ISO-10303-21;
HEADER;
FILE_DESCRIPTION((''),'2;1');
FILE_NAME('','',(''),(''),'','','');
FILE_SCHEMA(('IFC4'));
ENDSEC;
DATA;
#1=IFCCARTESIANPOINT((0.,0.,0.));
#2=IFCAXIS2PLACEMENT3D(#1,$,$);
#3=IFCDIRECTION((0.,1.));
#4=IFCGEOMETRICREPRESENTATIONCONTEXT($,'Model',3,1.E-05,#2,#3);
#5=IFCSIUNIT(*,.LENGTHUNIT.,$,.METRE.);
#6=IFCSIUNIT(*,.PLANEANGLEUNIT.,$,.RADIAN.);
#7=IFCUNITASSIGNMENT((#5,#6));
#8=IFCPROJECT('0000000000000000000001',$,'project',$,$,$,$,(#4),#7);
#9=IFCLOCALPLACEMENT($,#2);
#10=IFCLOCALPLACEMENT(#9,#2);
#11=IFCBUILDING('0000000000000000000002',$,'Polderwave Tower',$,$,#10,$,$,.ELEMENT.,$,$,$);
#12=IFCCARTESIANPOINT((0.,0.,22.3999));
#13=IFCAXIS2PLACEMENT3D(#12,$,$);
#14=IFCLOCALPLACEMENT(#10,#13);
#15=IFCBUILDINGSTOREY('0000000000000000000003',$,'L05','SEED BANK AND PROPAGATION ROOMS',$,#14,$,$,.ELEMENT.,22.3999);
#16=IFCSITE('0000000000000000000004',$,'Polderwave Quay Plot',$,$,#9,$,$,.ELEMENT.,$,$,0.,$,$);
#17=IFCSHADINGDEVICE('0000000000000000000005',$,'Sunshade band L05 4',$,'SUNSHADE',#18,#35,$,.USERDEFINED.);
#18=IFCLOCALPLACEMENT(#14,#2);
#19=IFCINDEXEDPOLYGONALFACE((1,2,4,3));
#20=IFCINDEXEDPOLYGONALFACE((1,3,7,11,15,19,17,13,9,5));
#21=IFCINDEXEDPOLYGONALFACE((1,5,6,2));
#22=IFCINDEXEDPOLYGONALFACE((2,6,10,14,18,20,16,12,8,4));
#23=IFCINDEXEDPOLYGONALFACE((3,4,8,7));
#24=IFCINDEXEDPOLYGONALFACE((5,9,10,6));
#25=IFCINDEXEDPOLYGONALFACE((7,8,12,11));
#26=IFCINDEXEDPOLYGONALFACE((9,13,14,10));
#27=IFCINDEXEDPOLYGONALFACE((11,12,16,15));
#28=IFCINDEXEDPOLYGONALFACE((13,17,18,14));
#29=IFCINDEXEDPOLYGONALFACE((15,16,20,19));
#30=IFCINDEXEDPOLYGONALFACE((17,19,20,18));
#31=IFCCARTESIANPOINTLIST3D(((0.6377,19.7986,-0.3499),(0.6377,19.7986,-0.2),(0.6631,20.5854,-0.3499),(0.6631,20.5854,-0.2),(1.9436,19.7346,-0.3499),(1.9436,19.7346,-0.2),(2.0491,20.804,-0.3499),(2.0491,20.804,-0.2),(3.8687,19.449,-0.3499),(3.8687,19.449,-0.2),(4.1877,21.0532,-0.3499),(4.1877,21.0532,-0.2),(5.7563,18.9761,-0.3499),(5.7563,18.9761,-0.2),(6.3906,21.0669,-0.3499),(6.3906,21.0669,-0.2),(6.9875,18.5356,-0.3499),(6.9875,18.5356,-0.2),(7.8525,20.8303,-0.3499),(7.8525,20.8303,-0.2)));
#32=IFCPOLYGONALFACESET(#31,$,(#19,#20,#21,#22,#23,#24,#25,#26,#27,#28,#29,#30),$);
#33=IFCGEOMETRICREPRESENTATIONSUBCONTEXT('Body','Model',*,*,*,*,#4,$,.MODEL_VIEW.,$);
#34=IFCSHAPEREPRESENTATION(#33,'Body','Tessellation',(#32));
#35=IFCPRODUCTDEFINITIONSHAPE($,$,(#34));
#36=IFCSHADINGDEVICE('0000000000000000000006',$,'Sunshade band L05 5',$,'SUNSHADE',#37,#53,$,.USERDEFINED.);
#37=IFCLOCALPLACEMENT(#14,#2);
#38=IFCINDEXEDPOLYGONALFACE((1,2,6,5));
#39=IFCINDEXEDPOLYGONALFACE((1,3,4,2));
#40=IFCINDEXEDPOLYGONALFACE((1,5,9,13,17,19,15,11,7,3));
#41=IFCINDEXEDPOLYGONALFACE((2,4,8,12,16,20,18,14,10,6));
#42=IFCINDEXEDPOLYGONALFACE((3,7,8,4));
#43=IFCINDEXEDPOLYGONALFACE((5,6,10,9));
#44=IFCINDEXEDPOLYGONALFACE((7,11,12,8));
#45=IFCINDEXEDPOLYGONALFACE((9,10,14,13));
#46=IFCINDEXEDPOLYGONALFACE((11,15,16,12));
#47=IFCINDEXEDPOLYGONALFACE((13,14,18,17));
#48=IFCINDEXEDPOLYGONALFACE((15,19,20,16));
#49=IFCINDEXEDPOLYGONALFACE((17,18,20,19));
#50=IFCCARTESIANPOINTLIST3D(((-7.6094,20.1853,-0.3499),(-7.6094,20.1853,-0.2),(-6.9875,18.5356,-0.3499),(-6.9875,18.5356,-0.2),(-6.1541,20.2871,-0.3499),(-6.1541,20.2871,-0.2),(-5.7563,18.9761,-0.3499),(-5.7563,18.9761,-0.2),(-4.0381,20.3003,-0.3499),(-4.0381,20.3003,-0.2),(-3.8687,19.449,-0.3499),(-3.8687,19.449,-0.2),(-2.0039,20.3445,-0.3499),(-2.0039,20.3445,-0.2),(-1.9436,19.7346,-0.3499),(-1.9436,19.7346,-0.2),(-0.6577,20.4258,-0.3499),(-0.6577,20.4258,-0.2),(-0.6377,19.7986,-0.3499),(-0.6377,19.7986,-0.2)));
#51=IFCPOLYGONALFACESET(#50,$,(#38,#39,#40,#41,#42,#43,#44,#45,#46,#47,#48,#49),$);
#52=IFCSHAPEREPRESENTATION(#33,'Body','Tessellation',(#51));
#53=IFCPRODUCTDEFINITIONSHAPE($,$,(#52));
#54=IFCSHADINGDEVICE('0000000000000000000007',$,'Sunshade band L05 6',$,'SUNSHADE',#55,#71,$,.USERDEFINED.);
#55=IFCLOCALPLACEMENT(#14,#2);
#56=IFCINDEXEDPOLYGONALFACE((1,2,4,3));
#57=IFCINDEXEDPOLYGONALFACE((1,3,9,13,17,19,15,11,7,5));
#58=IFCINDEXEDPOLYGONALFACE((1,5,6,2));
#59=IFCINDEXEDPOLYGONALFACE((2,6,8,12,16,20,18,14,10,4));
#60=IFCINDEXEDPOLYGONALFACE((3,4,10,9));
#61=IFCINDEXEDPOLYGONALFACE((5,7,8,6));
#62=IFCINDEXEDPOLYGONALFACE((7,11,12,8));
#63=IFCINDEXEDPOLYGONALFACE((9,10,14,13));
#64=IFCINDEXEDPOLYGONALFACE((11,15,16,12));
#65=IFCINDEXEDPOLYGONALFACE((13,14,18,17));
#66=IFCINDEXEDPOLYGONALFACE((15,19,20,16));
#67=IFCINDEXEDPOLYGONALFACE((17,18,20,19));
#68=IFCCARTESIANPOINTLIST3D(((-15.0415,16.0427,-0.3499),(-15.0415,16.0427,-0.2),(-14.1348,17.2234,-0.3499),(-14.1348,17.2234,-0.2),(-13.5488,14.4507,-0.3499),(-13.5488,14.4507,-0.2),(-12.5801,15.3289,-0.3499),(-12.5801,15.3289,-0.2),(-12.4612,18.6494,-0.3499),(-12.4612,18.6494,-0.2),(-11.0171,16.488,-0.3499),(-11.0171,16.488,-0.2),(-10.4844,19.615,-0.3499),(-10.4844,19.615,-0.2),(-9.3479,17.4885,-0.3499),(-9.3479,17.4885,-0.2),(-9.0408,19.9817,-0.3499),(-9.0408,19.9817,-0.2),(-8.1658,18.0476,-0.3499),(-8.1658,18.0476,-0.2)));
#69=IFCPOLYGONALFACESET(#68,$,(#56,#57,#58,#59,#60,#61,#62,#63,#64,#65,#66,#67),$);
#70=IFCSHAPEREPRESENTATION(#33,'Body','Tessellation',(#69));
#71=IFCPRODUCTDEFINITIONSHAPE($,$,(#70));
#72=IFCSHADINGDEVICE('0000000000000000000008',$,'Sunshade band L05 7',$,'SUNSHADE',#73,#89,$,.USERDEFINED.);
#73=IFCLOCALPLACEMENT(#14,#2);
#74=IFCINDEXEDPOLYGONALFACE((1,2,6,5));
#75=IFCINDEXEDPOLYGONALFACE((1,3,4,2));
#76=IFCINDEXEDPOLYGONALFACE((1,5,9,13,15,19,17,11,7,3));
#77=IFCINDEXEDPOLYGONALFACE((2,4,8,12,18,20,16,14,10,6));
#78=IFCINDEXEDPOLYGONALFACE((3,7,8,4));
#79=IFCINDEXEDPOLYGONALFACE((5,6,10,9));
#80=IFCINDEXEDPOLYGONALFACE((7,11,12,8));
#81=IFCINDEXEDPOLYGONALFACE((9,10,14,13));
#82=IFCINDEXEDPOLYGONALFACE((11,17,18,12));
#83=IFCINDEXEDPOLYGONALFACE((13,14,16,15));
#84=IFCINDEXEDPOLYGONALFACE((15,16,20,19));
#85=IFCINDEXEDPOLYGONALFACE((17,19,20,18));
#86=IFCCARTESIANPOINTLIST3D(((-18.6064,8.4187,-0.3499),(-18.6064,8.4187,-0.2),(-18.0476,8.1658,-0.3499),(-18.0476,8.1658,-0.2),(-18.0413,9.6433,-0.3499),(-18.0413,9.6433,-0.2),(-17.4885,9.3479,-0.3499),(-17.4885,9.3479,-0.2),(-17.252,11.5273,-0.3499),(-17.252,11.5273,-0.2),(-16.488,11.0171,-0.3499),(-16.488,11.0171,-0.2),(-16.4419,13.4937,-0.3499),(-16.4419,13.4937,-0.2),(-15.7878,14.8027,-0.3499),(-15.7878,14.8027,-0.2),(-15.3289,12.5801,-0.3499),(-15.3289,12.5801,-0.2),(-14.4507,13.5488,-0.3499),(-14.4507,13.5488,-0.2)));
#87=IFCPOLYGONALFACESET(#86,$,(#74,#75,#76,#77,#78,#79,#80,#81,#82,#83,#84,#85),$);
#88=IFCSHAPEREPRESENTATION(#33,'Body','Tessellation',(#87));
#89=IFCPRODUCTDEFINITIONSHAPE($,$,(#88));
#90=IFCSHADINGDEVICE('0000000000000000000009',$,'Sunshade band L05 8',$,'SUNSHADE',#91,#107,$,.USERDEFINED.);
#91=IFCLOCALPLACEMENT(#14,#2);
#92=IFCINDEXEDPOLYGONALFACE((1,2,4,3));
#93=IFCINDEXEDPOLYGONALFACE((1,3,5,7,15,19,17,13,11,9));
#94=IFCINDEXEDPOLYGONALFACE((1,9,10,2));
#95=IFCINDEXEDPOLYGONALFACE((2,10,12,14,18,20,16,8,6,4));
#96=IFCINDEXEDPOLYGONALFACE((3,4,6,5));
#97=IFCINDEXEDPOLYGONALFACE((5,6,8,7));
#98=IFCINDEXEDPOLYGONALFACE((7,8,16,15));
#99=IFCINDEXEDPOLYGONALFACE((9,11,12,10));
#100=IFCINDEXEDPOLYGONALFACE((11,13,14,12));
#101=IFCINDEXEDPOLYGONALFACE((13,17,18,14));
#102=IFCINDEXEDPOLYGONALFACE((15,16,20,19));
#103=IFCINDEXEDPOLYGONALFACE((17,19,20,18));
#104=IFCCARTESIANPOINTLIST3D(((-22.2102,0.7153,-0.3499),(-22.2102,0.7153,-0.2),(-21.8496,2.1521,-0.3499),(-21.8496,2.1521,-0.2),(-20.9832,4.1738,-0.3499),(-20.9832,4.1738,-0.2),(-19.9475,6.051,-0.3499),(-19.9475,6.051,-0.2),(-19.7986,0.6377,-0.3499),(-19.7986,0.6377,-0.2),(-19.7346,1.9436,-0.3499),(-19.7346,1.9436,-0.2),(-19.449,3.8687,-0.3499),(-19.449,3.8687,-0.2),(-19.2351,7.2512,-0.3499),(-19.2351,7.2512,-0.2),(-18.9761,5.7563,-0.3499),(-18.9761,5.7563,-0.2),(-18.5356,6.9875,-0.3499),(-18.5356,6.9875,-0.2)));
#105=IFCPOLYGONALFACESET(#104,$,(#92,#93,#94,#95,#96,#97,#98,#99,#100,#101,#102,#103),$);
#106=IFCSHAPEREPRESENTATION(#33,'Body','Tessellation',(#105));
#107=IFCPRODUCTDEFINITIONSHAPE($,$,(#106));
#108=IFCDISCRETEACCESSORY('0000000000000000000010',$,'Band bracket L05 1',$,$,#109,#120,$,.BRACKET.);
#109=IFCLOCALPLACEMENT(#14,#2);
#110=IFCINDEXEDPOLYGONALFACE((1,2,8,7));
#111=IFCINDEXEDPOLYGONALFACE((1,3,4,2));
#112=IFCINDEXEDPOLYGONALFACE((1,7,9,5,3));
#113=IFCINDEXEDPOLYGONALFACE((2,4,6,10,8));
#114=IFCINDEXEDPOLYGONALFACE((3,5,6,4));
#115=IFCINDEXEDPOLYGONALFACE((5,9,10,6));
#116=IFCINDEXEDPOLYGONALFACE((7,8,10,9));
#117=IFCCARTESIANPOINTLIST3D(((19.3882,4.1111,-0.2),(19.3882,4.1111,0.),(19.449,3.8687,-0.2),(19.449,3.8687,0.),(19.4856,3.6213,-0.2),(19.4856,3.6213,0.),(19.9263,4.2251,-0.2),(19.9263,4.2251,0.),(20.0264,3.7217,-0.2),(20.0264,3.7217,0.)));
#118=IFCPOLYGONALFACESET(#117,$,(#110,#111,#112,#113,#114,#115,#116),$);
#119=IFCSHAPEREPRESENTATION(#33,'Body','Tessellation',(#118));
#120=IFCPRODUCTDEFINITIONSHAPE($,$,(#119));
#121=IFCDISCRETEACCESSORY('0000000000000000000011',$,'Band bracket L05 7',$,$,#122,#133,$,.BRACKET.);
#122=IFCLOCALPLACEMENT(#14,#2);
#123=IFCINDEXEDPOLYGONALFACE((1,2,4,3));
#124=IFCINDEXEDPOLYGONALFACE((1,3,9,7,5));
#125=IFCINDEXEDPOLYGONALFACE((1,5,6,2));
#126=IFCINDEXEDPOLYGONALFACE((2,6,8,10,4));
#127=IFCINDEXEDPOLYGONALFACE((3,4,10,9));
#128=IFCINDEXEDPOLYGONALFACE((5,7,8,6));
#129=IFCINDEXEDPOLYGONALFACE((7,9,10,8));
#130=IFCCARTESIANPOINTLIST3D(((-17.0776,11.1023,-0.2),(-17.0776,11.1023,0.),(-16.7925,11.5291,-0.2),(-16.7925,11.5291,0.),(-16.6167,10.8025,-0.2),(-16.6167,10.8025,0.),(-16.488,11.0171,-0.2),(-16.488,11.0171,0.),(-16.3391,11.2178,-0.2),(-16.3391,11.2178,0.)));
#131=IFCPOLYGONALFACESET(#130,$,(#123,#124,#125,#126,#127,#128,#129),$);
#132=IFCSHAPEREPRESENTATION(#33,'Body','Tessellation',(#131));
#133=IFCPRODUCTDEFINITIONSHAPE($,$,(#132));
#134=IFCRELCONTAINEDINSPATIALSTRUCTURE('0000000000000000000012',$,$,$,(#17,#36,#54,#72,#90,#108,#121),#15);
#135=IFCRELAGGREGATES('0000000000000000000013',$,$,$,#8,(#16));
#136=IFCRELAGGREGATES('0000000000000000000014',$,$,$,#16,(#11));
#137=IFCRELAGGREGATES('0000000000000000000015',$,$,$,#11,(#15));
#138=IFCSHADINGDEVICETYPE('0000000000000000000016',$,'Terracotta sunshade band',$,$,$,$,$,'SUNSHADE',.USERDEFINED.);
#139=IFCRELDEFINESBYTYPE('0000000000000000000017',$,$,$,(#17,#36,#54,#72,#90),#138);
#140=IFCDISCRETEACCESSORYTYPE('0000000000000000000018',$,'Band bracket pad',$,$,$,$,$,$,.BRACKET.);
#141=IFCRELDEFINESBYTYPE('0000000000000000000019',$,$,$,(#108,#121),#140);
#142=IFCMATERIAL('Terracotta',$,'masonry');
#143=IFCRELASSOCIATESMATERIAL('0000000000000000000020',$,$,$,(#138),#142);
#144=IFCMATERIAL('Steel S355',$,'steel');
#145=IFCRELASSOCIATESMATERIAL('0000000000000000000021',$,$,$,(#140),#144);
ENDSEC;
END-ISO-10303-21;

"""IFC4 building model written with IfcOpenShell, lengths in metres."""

from ifc_helpers import new_model, si_unit, direction, frame, origin, place, context, subcontext, project, spatial, polyline, outline, extrude, material, type_object, element, save


model = new_model("IFC4")

# Units and contexts
model_context = context("Model", 3, precision=1e-05, world=origin(), true_north=direction((0.0, 1.0)))
body_context = subcontext(model_context, "Body", "Model", "MODEL_VIEW")
ifc_project = project(units=[si_unit("LENGTHUNIT", "METRE"), si_unit("PLANEANGLEUNIT", "RADIAN")], contexts=[model_context])

# Site, building, storey
site_placement = place(None, origin())
site = spatial("IfcSite", under=ifc_project, at=site_placement, Name="Polderwave Quay Plot", CompositionType="ELEMENT", RefElevation=0.0)
building_placement = place(site_placement, origin())
building = spatial("IfcBuilding", under=site, at=building_placement, Name="Polderwave Tower", CompositionType="ELEMENT")
storey_placement = place(building_placement, frame((0.0, 0.0, 22.3999)))
storey = spatial("IfcBuildingStorey", under=building, at=storey_placement, Name="L05", Description="SEED BANK AND PROPAGATION ROOMS", CompositionType="ELEMENT", Elevation=22.3999)

# Shading devices
ifc_material_1 = material(Name="Terracotta", Category="masonry")
shading_device_type = type_object("IfcShadingDeviceType", Name="Terracotta sunshade band", ElementType="SUNSHADE", PredefinedType="USERDEFINED", material=ifc_material_1)
shading_device_1_placement = place(storey_placement, frame((0.0, 0.0, -0.3499)))
element("IfcShadingDevice", 1, at=shading_device_1_placement, inside=storey, type_object=shading_device_type, Name="Sunshade band L05 4", ObjectType="SUNSHADE", PredefinedType="USERDEFINED", context=body_context, shape_type="SweptSolid", body=[
    extrude(outline(polyline([(6.9875, 18.5356), (5.7563, 18.9761), (3.8687, 19.449), (1.9436, 19.7346), (0.6377, 19.7986), (0.6631, 20.5854), (2.0491, 20.804), (4.1877, 21.0532), (6.3906, 21.0669), (7.8525, 20.8303), (6.9875, 18.5356)])), origin(), (0.0, 0.0, 1.0), 0.1499),
])
shading_device_2_placement = place(storey_placement, frame((0.0, 0.0, -0.3499)))
element("IfcShadingDevice", 2, at=shading_device_2_placement, inside=storey, type_object=shading_device_type, Name="Sunshade band L05 5", ObjectType="SUNSHADE", PredefinedType="USERDEFINED", context=body_context, shape_type="SweptSolid", body=[
    extrude(outline(polyline([(-0.6377, 19.7986), (-1.9436, 19.7346), (-3.8687, 19.449), (-5.7563, 18.9761), (-6.9875, 18.5356), (-7.6094, 20.1853), (-6.1541, 20.2871), (-4.0381, 20.3003), (-2.0039, 20.3445), (-0.6577, 20.4258), (-0.6377, 19.7986)])), origin(), (0.0, 0.0, 1.0), 0.1499),
])
shading_device_3_placement = place(storey_placement, frame((0.0, 0.0, -0.3499)))
element("IfcShadingDevice", 3, at=shading_device_3_placement, inside=storey, type_object=shading_device_type, Name="Sunshade band L05 6", ObjectType="SUNSHADE", PredefinedType="USERDEFINED", context=body_context, shape_type="SweptSolid", body=[
    extrude(outline(polyline([(-8.1658, 18.0476), (-9.3479, 17.4885), (-11.0171, 16.488), (-12.5801, 15.3289), (-13.5488, 14.4507), (-15.0415, 16.0427), (-14.1348, 17.2234), (-12.4612, 18.6494), (-10.4844, 19.615), (-9.0408, 19.9817), (-8.1658, 18.0476)])), origin(), (0.0, 0.0, 1.0), 0.1499),
])
shading_device_4_placement = place(storey_placement, frame((0.0, 0.0, -0.3499)))
element("IfcShadingDevice", 4, at=shading_device_4_placement, inside=storey, type_object=shading_device_type, Name="Sunshade band L05 7", ObjectType="SUNSHADE", PredefinedType="USERDEFINED", context=body_context, shape_type="SweptSolid", body=[
    extrude(outline(polyline([(-14.4507, 13.5488), (-15.3289, 12.5801), (-16.488, 11.0171), (-17.4885, 9.3479), (-18.0476, 8.1658), (-18.6064, 8.4187), (-18.0413, 9.6433), (-17.252, 11.5273), (-16.4419, 13.4937), (-15.7878, 14.8027), (-14.4507, 13.5488)])), origin(), (0.0, 0.0, 1.0), 0.1499),
])
shading_device_5_placement = place(storey_placement, frame((0.0, 0.0, -0.3499)))
element("IfcShadingDevice", 5, at=shading_device_5_placement, inside=storey, type_object=shading_device_type, Name="Sunshade band L05 8", ObjectType="SUNSHADE", PredefinedType="USERDEFINED", context=body_context, shape_type="SweptSolid", body=[
    extrude(outline(polyline([(-18.5356, 6.9875), (-18.9761, 5.7563), (-19.449, 3.8687), (-19.7346, 1.9436), (-19.7986, 0.6377), (-22.2102, 0.7153), (-21.8496, 2.1521), (-20.9832, 4.1738), (-19.9475, 6.051), (-19.2351, 7.2512), (-18.5356, 6.9875)])), origin(), (0.0, 0.0, 1.0), 0.1499),
])

# Discrete accessories
ifc_material_2 = material(Name="Steel S355", Category="steel")
discrete_accessory_type = type_object("IfcDiscreteAccessoryType", Name="Band bracket pad", PredefinedType="BRACKET", material=ifc_material_2)
discrete_accessory_1_placement = place(storey_placement, frame((0.0, 0.0, -0.2)))
element("IfcDiscreteAccessory", 6, at=discrete_accessory_1_placement, inside=storey, type_object=discrete_accessory_type, Name="Band bracket L05 1", PredefinedType="BRACKET", context=body_context, shape_type="SweptSolid", body=[
    extrude(outline(polyline([(19.4856, 3.6213), (19.449, 3.8687), (19.3882, 4.1111), (19.9263, 4.2251), (20.0264, 3.7217), (19.4856, 3.6213)])), origin(), (0.0, 0.0, 1.0), 0.2),
])
discrete_accessory_2_placement = place(storey_placement, frame((0.0, 0.0, -0.2)))
element("IfcDiscreteAccessory", 7, at=discrete_accessory_2_placement, inside=storey, type_object=discrete_accessory_type, Name="Band bracket L05 7", PredefinedType="BRACKET", context=body_context, shape_type="SweptSolid", body=[
    extrude(outline(polyline([(-16.3391, 11.2178), (-16.488, 11.0171), (-16.6167, 10.8025), (-17.0776, 11.1023), (-16.7925, 11.5291), (-16.3391, 11.2178)])), origin(), (0.0, 0.0, 1.0), 0.2),
])

save(model, "model.ifc")
